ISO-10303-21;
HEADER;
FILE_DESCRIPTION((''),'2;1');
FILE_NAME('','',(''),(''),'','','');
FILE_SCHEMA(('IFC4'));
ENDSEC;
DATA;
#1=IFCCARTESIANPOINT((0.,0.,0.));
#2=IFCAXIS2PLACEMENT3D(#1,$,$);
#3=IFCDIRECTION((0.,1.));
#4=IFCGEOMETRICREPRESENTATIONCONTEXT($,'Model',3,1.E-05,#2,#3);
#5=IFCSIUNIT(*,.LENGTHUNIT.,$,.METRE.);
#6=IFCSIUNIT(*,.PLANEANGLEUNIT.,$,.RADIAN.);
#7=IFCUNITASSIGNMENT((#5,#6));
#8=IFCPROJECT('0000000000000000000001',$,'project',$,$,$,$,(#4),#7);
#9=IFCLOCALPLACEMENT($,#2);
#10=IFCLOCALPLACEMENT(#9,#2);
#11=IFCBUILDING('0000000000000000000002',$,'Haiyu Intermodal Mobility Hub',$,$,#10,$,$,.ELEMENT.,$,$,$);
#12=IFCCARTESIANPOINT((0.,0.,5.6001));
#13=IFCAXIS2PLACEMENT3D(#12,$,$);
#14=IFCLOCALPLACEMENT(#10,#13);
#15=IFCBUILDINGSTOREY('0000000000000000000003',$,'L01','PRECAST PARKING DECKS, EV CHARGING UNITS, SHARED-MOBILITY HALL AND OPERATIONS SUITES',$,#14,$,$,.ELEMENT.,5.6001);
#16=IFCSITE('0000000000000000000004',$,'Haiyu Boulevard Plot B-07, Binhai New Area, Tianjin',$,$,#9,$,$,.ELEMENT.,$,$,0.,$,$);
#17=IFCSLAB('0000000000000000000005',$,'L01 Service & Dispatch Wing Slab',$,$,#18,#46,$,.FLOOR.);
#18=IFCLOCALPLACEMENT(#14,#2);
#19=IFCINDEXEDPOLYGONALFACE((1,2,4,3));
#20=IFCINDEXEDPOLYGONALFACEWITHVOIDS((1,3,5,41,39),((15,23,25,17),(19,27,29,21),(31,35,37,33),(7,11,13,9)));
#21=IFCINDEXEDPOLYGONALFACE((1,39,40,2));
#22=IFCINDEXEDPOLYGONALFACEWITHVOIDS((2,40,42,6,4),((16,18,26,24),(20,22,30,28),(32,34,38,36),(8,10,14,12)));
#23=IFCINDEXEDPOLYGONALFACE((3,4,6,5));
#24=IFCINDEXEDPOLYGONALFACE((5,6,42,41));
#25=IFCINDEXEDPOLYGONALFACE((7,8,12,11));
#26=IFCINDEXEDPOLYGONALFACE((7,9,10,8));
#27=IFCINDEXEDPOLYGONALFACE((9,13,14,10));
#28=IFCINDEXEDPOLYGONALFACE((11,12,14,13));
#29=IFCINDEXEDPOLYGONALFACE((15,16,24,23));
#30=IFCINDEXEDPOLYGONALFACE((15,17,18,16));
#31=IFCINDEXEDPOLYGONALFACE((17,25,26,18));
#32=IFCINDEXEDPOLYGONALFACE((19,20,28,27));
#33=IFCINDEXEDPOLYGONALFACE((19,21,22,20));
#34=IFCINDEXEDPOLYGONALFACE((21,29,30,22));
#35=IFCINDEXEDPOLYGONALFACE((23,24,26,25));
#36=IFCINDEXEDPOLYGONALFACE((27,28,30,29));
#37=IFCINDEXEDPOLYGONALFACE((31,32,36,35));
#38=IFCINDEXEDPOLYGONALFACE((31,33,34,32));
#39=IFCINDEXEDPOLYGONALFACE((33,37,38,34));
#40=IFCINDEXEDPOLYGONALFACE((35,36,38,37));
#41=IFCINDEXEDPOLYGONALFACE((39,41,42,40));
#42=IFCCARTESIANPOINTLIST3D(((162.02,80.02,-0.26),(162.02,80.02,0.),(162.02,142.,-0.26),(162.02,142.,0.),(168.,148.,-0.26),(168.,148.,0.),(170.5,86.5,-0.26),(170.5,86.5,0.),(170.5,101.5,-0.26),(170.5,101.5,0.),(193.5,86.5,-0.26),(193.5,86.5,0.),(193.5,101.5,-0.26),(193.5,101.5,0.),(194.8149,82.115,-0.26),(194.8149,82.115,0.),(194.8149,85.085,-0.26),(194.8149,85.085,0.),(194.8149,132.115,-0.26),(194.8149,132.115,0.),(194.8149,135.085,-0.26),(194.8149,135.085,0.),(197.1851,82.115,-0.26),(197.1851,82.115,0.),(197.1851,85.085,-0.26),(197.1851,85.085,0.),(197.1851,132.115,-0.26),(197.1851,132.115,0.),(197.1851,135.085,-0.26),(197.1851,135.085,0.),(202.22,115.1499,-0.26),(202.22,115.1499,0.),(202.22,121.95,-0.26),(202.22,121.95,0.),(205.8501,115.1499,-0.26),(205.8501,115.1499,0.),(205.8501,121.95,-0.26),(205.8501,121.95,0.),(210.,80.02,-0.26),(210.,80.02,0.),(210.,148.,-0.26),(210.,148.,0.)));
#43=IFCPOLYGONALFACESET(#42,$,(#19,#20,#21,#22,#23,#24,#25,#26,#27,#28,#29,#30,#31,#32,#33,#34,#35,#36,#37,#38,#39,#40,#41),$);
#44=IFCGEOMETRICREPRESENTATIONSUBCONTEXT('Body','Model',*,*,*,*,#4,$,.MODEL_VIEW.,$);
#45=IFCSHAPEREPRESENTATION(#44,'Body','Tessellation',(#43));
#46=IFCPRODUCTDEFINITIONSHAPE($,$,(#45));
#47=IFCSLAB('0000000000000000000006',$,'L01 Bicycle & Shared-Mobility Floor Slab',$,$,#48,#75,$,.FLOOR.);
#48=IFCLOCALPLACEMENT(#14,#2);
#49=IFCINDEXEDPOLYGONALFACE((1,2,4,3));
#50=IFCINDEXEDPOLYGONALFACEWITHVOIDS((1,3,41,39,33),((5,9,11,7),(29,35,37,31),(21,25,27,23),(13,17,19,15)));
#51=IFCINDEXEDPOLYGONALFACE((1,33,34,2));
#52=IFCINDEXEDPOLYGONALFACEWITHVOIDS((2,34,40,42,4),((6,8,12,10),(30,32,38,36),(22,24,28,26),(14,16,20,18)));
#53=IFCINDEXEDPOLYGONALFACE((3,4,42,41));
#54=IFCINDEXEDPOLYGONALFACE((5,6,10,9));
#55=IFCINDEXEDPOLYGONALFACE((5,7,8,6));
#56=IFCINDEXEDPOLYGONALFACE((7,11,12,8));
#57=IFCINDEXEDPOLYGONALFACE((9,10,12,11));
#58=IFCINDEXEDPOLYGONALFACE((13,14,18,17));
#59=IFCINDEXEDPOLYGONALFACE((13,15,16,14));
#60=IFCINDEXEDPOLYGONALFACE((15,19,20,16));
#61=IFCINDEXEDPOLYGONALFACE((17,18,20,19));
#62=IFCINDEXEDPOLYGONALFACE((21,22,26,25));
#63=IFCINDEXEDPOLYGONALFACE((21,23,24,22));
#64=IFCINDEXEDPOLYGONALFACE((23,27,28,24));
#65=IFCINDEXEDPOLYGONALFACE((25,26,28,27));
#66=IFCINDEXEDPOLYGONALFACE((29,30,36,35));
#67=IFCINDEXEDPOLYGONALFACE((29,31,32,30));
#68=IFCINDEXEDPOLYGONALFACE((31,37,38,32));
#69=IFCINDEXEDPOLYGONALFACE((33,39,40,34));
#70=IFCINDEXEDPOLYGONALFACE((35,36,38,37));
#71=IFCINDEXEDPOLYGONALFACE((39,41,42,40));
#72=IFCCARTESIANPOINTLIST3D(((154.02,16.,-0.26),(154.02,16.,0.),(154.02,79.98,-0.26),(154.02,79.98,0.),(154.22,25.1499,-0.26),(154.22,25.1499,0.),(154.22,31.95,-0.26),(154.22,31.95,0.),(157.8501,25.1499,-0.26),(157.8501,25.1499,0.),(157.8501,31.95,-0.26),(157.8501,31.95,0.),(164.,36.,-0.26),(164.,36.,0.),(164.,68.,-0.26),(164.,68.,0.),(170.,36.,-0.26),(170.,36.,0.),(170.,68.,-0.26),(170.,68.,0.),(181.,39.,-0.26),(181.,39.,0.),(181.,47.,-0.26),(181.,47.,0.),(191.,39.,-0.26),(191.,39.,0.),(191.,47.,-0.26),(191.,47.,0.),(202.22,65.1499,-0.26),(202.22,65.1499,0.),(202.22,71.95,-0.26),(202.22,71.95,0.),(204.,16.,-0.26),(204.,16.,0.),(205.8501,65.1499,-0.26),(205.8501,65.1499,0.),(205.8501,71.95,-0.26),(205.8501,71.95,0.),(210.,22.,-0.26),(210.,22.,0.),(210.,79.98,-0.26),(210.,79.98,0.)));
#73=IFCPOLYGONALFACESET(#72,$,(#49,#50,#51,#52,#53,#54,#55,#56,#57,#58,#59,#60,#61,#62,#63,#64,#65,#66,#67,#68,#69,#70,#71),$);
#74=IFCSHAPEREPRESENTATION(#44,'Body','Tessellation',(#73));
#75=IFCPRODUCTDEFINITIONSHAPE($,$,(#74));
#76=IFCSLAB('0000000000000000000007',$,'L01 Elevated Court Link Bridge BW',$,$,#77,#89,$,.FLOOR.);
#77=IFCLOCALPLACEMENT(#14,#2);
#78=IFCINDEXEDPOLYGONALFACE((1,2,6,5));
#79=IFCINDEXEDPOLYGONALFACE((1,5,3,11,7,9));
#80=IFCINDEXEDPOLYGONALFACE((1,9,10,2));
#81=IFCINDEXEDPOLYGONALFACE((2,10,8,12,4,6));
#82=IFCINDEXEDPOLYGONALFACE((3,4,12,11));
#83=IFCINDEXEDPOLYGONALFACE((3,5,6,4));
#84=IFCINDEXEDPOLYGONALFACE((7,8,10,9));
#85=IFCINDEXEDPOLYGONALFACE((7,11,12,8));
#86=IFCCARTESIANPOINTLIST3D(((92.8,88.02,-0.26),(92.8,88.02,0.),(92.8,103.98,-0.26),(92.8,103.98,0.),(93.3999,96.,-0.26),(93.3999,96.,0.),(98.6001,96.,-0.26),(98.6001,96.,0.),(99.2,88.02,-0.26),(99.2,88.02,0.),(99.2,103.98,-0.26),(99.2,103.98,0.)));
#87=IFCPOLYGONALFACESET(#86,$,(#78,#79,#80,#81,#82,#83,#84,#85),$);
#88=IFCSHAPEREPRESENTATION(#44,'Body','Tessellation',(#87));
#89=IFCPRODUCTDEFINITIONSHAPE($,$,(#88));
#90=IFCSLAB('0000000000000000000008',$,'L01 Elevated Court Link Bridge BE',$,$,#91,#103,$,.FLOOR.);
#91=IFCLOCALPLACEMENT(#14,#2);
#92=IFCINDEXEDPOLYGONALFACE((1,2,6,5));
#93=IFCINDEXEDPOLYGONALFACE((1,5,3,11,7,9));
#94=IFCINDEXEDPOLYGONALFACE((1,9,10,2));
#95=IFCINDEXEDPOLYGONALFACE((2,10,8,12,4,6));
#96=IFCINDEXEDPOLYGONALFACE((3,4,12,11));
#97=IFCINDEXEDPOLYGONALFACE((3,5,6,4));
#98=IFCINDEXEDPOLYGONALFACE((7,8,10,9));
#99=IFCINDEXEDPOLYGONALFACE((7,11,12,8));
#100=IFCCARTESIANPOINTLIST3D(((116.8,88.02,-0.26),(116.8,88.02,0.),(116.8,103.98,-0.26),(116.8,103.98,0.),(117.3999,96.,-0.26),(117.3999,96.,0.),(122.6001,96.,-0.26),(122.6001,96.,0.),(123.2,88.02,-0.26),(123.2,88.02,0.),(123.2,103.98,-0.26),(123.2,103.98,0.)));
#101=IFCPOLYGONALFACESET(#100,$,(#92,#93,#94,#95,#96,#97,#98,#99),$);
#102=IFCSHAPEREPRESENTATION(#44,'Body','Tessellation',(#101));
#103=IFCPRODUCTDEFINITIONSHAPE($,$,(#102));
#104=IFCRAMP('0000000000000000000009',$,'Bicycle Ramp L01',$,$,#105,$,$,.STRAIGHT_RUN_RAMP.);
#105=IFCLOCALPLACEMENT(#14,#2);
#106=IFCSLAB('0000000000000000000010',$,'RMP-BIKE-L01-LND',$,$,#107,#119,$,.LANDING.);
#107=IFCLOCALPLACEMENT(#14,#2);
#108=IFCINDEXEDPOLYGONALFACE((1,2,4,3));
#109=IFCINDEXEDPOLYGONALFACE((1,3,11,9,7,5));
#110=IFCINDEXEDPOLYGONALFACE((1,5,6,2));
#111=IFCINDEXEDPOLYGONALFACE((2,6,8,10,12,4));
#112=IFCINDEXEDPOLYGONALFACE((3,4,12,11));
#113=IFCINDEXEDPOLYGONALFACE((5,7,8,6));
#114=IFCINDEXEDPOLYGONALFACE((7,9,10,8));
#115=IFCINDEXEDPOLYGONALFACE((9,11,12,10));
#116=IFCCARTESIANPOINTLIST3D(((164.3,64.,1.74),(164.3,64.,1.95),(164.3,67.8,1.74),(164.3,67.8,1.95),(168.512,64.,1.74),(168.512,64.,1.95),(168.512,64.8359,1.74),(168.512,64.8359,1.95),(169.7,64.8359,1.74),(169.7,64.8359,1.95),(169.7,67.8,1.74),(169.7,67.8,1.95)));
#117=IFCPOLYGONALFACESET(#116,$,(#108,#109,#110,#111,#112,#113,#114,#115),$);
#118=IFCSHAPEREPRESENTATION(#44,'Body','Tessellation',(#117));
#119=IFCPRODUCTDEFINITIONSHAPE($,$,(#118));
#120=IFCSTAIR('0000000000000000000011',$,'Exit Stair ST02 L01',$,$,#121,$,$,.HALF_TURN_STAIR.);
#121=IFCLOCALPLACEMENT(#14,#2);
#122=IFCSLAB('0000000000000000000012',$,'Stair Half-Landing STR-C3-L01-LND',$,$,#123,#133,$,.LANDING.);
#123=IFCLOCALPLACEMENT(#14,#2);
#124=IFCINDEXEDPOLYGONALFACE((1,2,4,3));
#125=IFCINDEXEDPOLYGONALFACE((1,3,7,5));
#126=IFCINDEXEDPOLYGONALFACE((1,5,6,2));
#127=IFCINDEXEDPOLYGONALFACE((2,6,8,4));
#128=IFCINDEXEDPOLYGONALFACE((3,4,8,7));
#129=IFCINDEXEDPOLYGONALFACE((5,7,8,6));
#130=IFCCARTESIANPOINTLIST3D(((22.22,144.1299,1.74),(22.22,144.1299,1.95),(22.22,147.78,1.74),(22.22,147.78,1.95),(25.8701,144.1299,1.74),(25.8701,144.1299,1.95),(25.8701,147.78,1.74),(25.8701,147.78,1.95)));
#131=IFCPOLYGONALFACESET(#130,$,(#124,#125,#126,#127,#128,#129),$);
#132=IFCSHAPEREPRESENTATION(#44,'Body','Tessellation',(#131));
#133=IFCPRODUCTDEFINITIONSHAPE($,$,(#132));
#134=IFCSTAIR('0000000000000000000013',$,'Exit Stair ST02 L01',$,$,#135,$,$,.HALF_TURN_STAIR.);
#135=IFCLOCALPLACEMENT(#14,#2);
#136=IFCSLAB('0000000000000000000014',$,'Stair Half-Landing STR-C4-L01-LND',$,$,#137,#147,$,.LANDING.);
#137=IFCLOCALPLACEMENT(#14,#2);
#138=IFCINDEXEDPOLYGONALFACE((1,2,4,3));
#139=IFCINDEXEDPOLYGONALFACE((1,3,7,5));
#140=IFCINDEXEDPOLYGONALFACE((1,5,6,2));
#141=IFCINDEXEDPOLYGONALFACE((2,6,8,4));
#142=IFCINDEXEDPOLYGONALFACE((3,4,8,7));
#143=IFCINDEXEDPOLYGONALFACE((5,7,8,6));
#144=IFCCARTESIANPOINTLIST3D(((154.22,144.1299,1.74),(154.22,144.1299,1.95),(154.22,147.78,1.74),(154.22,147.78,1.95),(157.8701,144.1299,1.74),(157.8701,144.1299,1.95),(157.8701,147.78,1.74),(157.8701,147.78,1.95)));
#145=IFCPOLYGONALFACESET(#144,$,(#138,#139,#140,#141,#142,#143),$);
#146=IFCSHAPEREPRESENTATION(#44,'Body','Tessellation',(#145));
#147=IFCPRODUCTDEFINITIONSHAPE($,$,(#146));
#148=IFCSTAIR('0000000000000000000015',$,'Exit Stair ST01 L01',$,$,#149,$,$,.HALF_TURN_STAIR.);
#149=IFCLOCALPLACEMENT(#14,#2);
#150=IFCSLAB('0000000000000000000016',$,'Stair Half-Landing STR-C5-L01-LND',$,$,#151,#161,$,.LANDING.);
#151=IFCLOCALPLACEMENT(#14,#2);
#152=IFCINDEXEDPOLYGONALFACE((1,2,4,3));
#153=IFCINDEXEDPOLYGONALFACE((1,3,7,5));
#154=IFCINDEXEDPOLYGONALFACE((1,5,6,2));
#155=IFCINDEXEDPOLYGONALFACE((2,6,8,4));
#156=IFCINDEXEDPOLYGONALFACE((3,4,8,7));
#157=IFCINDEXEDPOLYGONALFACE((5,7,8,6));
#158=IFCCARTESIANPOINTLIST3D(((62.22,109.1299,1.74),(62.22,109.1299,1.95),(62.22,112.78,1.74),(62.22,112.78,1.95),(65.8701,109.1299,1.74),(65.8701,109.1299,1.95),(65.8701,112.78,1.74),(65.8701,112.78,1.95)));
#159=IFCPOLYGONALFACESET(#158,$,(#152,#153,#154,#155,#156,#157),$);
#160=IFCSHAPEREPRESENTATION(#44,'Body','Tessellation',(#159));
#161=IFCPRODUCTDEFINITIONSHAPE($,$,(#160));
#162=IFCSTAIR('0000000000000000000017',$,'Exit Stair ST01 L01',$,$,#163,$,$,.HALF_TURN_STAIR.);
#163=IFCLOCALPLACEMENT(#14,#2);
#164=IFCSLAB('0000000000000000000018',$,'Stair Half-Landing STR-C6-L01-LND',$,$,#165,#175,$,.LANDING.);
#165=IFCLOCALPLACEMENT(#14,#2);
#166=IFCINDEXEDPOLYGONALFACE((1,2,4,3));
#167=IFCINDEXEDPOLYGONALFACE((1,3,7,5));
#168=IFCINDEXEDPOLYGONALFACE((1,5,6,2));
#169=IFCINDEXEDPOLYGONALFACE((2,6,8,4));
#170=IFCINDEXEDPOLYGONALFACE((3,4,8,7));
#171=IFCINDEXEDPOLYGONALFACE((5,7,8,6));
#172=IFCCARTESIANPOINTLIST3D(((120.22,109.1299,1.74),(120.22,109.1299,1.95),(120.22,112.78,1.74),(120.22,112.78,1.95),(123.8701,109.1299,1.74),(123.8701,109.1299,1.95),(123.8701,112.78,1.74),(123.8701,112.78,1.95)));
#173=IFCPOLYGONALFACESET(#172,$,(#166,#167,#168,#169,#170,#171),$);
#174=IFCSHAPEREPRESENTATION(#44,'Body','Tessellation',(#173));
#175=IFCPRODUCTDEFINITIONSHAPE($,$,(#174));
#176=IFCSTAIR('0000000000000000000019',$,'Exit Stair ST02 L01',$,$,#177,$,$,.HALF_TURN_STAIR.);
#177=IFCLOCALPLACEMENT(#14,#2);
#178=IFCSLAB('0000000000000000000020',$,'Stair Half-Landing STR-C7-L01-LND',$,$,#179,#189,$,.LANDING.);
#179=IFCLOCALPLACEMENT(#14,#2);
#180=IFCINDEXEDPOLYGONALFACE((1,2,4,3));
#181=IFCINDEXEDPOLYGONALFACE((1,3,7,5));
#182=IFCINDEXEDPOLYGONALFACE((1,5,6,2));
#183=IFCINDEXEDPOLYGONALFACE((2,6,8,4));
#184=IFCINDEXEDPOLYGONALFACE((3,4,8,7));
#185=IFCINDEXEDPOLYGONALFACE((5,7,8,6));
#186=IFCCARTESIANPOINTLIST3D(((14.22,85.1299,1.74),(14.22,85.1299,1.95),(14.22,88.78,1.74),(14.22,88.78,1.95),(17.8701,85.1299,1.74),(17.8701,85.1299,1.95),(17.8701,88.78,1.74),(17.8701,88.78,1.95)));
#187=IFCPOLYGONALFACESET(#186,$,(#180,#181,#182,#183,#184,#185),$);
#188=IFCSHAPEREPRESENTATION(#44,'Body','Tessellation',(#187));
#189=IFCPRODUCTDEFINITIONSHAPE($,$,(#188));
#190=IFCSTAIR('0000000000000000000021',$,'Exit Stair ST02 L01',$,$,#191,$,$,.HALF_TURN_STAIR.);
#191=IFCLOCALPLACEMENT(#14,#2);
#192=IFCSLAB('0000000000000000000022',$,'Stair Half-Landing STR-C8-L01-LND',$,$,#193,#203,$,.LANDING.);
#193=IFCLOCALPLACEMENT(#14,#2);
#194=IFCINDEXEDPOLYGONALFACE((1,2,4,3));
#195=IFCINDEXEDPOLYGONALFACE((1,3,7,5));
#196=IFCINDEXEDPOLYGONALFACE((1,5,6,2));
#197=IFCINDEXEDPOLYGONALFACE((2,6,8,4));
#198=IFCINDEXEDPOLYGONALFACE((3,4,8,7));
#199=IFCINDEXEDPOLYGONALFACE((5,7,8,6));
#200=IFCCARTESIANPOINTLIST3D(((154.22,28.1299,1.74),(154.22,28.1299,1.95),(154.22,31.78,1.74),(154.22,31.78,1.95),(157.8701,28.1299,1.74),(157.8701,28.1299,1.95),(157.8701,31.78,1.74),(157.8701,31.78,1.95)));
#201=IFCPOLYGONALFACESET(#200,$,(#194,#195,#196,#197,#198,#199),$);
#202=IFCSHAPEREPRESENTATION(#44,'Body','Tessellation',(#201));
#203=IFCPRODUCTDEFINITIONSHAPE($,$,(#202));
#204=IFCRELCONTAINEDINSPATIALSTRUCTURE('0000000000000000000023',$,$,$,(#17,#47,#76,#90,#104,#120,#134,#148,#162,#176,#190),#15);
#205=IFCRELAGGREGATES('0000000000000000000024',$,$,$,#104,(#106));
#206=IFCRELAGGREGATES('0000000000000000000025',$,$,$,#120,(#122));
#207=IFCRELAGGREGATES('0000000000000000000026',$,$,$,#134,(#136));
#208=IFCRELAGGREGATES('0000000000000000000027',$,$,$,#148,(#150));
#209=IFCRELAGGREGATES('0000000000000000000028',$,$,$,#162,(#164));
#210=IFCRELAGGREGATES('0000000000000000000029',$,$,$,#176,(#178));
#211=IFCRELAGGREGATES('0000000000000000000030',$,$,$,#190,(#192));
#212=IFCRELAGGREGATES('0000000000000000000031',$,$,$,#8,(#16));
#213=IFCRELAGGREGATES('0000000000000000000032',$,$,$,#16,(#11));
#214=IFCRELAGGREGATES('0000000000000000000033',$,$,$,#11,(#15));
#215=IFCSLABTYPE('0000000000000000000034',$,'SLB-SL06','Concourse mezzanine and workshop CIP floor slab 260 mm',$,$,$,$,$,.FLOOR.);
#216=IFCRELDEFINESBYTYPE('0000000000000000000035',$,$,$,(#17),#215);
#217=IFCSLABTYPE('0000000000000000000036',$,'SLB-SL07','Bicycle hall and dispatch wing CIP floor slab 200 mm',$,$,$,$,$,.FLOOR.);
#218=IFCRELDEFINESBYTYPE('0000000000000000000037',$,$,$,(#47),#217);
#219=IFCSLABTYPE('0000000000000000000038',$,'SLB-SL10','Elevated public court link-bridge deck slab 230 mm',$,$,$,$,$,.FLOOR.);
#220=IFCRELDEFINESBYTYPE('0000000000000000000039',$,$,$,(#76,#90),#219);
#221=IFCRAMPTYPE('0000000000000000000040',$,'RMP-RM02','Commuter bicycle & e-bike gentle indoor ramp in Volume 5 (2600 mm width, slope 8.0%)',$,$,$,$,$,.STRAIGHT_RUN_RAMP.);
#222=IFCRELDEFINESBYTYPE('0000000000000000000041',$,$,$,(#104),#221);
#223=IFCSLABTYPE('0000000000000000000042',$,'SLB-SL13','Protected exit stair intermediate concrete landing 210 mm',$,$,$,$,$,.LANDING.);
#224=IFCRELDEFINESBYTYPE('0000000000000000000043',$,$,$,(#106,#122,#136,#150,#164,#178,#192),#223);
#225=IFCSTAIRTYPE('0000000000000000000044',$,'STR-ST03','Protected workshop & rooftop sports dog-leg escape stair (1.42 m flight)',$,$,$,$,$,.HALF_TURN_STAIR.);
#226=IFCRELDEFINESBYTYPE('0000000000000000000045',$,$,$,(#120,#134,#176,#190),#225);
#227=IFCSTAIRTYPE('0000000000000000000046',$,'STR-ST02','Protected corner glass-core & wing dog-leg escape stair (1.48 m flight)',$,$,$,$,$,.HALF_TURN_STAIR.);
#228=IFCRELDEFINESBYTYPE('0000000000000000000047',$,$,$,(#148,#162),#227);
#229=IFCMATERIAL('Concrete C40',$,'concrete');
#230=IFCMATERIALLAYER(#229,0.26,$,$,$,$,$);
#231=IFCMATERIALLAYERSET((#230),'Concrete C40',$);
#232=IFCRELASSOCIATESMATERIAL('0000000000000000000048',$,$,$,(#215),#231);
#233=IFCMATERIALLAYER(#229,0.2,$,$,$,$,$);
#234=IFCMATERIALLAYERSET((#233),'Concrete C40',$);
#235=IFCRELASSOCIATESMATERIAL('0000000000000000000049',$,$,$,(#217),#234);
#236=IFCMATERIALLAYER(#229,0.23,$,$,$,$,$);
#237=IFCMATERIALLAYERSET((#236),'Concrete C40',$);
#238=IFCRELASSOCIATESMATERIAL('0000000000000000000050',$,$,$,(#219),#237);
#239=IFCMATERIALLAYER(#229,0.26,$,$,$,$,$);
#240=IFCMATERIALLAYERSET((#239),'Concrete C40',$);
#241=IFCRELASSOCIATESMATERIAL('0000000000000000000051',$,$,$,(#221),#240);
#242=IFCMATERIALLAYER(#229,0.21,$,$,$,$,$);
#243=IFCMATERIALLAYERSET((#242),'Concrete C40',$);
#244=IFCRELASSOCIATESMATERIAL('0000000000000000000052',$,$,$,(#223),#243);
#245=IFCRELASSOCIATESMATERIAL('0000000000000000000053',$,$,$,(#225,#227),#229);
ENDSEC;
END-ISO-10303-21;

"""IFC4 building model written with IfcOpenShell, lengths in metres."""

from ifc_helpers import new_model, si_unit, direction, frame, origin, place, context, subcontext, project, spatial, polyline, outline, extrude, material, layer, layer_set, type_object, element, aggregate, save


model = new_model("IFC4")

# Units and contexts
model_context = context("Model", 3, precision=1e-05, world=origin(), true_north=direction((0.0, 1.0)))
body_context = subcontext(model_context, "Body", "Model", "MODEL_VIEW")
ifc_project = project(units=[si_unit("LENGTHUNIT", "METRE"), si_unit("PLANEANGLEUNIT", "RADIAN")], contexts=[model_context])

# Site, building, storey
site_placement = place(None, origin())
site = spatial("IfcSite", under=ifc_project, at=site_placement, Name="Haiyu Boulevard Plot B-07, Binhai New Area, Tianjin", CompositionType="ELEMENT", RefElevation=0.0)
building_placement = place(site_placement, origin())
building = spatial("IfcBuilding", under=site, at=building_placement, Name="Haiyu Intermodal Mobility Hub", CompositionType="ELEMENT")
storey_placement = place(building_placement, frame((0.0, 0.0, 5.6001)))
storey = spatial("IfcBuildingStorey", under=building, at=storey_placement, Name="L01", Description="PRECAST PARKING DECKS, EV CHARGING UNITS, SHARED-MOBILITY HALL AND OPERATIONS SUITES", CompositionType="ELEMENT", Elevation=5.6001)

# Shared definitions
ifc_material_1 = material(Name="Concrete C40", Category="concrete")

# Slabs
ifc_layer_1 = layer(ifc_material_1, 0.26)
ifc_layer_set_1 = layer_set([ifc_layer_1], Name="Concrete C40")
slab_type_1 = type_object("IfcSlabType", Name="SLB-SL06", Description="Concourse mezzanine and workshop CIP floor slab 260 mm", PredefinedType="FLOOR", material=ifc_layer_set_1)
slab_1_placement = place(storey_placement, frame((0.0, 0.0, -0.26)))
element("IfcSlab", 1, at=slab_1_placement, inside=storey, type_object=slab_type_1, Name="L01 Service & Dispatch Wing Slab", PredefinedType="FLOOR", context=body_context, shape_type="SweptSolid", body=[
    extrude(outline(polyline([(162.02, 80.02), (210.0, 80.02), (210.0, 148.0), (168.0, 148.0), (162.02, 142.0), (162.02, 80.02)]), holes=[polyline([(202.22, 115.1499), (205.8501, 115.1499), (205.8501, 121.95), (202.22, 121.95), (202.22, 115.1499)]), polyline([(194.8149, 82.115), (197.1851, 82.115), (197.1851, 85.085), (194.8149, 85.085), (194.8149, 82.115)]), polyline([(194.8149, 132.115), (197.1851, 132.115), (197.1851, 135.085), (194.8149, 135.085), (194.8149, 132.115)]), polyline([(170.5, 86.5), (193.5, 86.5), (193.5, 101.5), (170.5, 101.5), (170.5, 86.5)])]), origin(), (0.0, 0.0, 1.0), 0.26),
])
ifc_layer_2 = layer(ifc_material_1, 0.2)
ifc_layer_set_2 = layer_set([ifc_layer_2], Name="Concrete C40")
slab_type_2 = type_object("IfcSlabType", Name="SLB-SL07", Description="Bicycle hall and dispatch wing CIP floor slab 200 mm", PredefinedType="FLOOR", material=ifc_layer_set_2)
slab_2_placement = place(storey_placement, frame((0.0, 0.0, -0.26)))
element("IfcSlab", 2, at=slab_2_placement, inside=storey, type_object=slab_type_2, Name="L01 Bicycle & Shared-Mobility Floor Slab", PredefinedType="FLOOR", context=body_context, shape_type="SweptSolid", body=[
    extrude(outline(polyline([(154.02, 16.0), (204.0, 16.0), (210.0, 22.0), (210.0, 79.98), (154.02, 79.98), (154.02, 16.0)]), holes=[polyline([(154.22, 25.1499), (157.8501, 25.1499), (157.8501, 31.95), (154.22, 31.95), (154.22, 25.1499)]), polyline([(202.22, 65.1499), (205.8501, 65.1499), (205.8501, 71.95), (202.22, 71.95), (202.22, 65.1499)]), polyline([(164.0, 36.0), (170.0, 36.0), (170.0, 68.0), (164.0, 68.0), (164.0, 36.0)]), polyline([(181.0, 39.0), (191.0, 39.0), (191.0, 47.0), (181.0, 47.0), (181.0, 39.0)])]), origin(), (0.0, 0.0, 1.0), 0.26),
])
ifc_layer_3 = layer(ifc_material_1, 0.23)
ifc_layer_set_3 = layer_set([ifc_layer_3], Name="Concrete C40")
slab_type_3 = type_object("IfcSlabType", Name="SLB-SL10", Description="Elevated public court link-bridge deck slab 230 mm", PredefinedType="FLOOR", material=ifc_layer_set_3)
slab_3_placement = place(storey_placement, frame((0.0, 0.0, -0.26)))
element("IfcSlab", 3, at=slab_3_placement, inside=storey, type_object=slab_type_3, Name="L01 Elevated Court Link Bridge BW", PredefinedType="FLOOR", context=body_context, shape_type="SweptSolid", body=[
    extrude(outline(polyline([(92.8, 88.02), (99.2, 88.02), (98.6001, 96.0), (99.2, 103.98), (92.8, 103.98), (93.3999, 96.0), (92.8, 88.02)])), origin(), (0.0, 0.0, 1.0), 0.26),
])
slab_4_placement = place(storey_placement, frame((0.0, 0.0, -0.26)))
element("IfcSlab", 4, at=slab_4_placement, inside=storey, type_object=slab_type_3, Name="L01 Elevated Court Link Bridge BE", PredefinedType="FLOOR", context=body_context, shape_type="SweptSolid", body=[
    extrude(outline(polyline([(116.8, 88.02), (123.2, 88.02), (122.6001, 96.0), (123.2, 103.98), (116.8, 103.98), (117.3999, 96.0), (116.8, 88.02)])), origin(), (0.0, 0.0, 1.0), 0.26),
])

# Ramp, slab
ifc_layer_4 = layer(ifc_material_1, 0.26)
ifc_layer_set_4 = layer_set([ifc_layer_4], Name="Concrete C40")
ramp_type = type_object("IfcRampType", Name="RMP-RM02", Description="Commuter bicycle & e-bike gentle indoor ramp in Volume 5 (2600 mm width, slope 8.0%)", PredefinedType="STRAIGHT_RUN_RAMP", material=ifc_layer_set_4)
ramp_placement = place(storey_placement, origin())
ramp = element("IfcRamp", 5, at=ramp_placement, inside=storey, type_object=ramp_type, Name="Bicycle Ramp L01", PredefinedType="STRAIGHT_RUN_RAMP")
ifc_layer_5 = layer(ifc_material_1, 0.21)
ifc_layer_set_5 = layer_set([ifc_layer_5], Name="Concrete C40")
slab_type_4 = type_object("IfcSlabType", Name="SLB-SL13", Description="Protected exit stair intermediate concrete landing 210 mm", PredefinedType="LANDING", material=ifc_layer_set_5)
slab_5_placement = place(storey_placement, frame((0.0, 0.0, 1.74)))
slab_5 = element("IfcSlab", 6, at=slab_5_placement, type_object=slab_type_4, Name="RMP-BIKE-L01-LND", PredefinedType="LANDING", context=body_context, shape_type="SweptSolid", body=[
    extrude(outline(polyline([(164.3, 64.0), (168.512, 64.0), (168.512, 64.8359), (169.7, 64.8359), (169.7, 67.8), (164.3, 67.8), (164.3, 64.0)])), origin(), (0.0, 0.0, 1.0), 0.21),
])
aggregate(ramp, [slab_5])

# Stairs, slabs
stair_type_1 = type_object("IfcStairType", Name="STR-ST03", Description="Protected workshop & rooftop sports dog-leg escape stair (1.42 m flight)", PredefinedType="HALF_TURN_STAIR", material=ifc_material_1)
stair_1_placement = place(storey_placement, origin())
stair_1 = element("IfcStair", 7, at=stair_1_placement, inside=storey, type_object=stair_type_1, Name="Exit Stair ST02 L01", PredefinedType="HALF_TURN_STAIR")
slab_6_placement = place(storey_placement, frame((0.0, 0.0, 1.74)))
slab_6 = element("IfcSlab", 8, at=slab_6_placement, type_object=slab_type_4, Name="Stair Half-Landing STR-C3-L01-LND", PredefinedType="LANDING", context=body_context, shape_type="SweptSolid", body=[
    extrude(outline(polyline([(22.22, 144.1299), (25.8701, 144.1299), (25.8701, 147.78), (22.22, 147.78), (22.22, 144.1299)])), origin(), (0.0, 0.0, 1.0), 0.21),
])
aggregate(stair_1, [slab_6])
stair_2_placement = place(storey_placement, origin())
stair_2 = element("IfcStair", 9, at=stair_2_placement, inside=storey, type_object=stair_type_1, Name="Exit Stair ST02 L01", PredefinedType="HALF_TURN_STAIR")
slab_7_placement = place(storey_placement, frame((0.0, 0.0, 1.74)))
slab_7 = element("IfcSlab", 10, at=slab_7_placement, type_object=slab_type_4, Name="Stair Half-Landing STR-C4-L01-LND", PredefinedType="LANDING", context=body_context, shape_type="SweptSolid", body=[
    extrude(outline(polyline([(154.22, 144.1299), (157.8701, 144.1299), (157.8701, 147.78), (154.22, 147.78), (154.22, 144.1299)])), origin(), (0.0, 0.0, 1.0), 0.21),
])
aggregate(stair_2, [slab_7])
stair_type_2 = type_object("IfcStairType", Name="STR-ST02", Description="Protected corner glass-core & wing dog-leg escape stair (1.48 m flight)", PredefinedType="HALF_TURN_STAIR", material=ifc_material_1)
stair_3_placement = place(storey_placement, origin())
stair_3 = element("IfcStair", 11, at=stair_3_placement, inside=storey, type_object=stair_type_2, Name="Exit Stair ST01 L01", PredefinedType="HALF_TURN_STAIR")
slab_8_placement = place(storey_placement, frame((0.0, 0.0, 1.74)))
slab_8 = element("IfcSlab", 12, at=slab_8_placement, type_object=slab_type_4, Name="Stair Half-Landing STR-C5-L01-LND", PredefinedType="LANDING", context=body_context, shape_type="SweptSolid", body=[
    extrude(outline(polyline([(62.22, 109.1299), (65.8701, 109.1299), (65.8701, 112.78), (62.22, 112.78), (62.22, 109.1299)])), origin(), (0.0, 0.0, 1.0), 0.21),
])
aggregate(stair_3, [slab_8])
stair_4_placement = place(storey_placement, origin())
stair_4 = element("IfcStair", 13, at=stair_4_placement, inside=storey, type_object=stair_type_2, Name="Exit Stair ST01 L01", PredefinedType="HALF_TURN_STAIR")
slab_9_placement = place(storey_placement, frame((0.0, 0.0, 1.74)))
slab_9 = element("IfcSlab", 14, at=slab_9_placement, type_object=slab_type_4, Name="Stair Half-Landing STR-C6-L01-LND", PredefinedType="LANDING", context=body_context, shape_type="SweptSolid", body=[
    extrude(outline(polyline([(120.22, 109.1299), (123.8701, 109.1299), (123.8701, 112.78), (120.22, 112.78), (120.22, 109.1299)])), origin(), (0.0, 0.0, 1.0), 0.21),
])
aggregate(stair_4, [slab_9])
stair_5_placement = place(storey_placement, origin())
stair_5 = element("IfcStair", 15, at=stair_5_placement, inside=storey, type_object=stair_type_1, Name="Exit Stair ST02 L01", PredefinedType="HALF_TURN_STAIR")
slab_10_placement = place(storey_placement, frame((0.0, 0.0, 1.74)))
slab_10 = element("IfcSlab", 16, at=slab_10_placement, type_object=slab_type_4, Name="Stair Half-Landing STR-C7-L01-LND", PredefinedType="LANDING", context=body_context, shape_type="SweptSolid", body=[
    extrude(outline(polyline([(14.22, 85.1299), (17.8701, 85.1299), (17.8701, 88.78), (14.22, 88.78), (14.22, 85.1299)])), origin(), (0.0, 0.0, 1.0), 0.21),
])
aggregate(stair_5, [slab_10])
stair_6_placement = place(storey_placement, origin())
stair_6 = element("IfcStair", 17, at=stair_6_placement, inside=storey, type_object=stair_type_1, Name="Exit Stair ST02 L01", PredefinedType="HALF_TURN_STAIR")
slab_11_placement = place(storey_placement, frame((0.0, 0.0, 1.74)))
slab_11 = element("IfcSlab", 18, at=slab_11_placement, type_object=slab_type_4, Name="Stair Half-Landing STR-C8-L01-LND", PredefinedType="LANDING", context=body_context, shape_type="SweptSolid", body=[
    extrude(outline(polyline([(154.22, 28.1299), (157.8701, 28.1299), (157.8701, 31.78), (154.22, 31.78), (154.22, 28.1299)])), origin(), (0.0, 0.0, 1.0), 0.21),
])
aggregate(stair_6, [slab_11])

save(model, "model.ifc")
